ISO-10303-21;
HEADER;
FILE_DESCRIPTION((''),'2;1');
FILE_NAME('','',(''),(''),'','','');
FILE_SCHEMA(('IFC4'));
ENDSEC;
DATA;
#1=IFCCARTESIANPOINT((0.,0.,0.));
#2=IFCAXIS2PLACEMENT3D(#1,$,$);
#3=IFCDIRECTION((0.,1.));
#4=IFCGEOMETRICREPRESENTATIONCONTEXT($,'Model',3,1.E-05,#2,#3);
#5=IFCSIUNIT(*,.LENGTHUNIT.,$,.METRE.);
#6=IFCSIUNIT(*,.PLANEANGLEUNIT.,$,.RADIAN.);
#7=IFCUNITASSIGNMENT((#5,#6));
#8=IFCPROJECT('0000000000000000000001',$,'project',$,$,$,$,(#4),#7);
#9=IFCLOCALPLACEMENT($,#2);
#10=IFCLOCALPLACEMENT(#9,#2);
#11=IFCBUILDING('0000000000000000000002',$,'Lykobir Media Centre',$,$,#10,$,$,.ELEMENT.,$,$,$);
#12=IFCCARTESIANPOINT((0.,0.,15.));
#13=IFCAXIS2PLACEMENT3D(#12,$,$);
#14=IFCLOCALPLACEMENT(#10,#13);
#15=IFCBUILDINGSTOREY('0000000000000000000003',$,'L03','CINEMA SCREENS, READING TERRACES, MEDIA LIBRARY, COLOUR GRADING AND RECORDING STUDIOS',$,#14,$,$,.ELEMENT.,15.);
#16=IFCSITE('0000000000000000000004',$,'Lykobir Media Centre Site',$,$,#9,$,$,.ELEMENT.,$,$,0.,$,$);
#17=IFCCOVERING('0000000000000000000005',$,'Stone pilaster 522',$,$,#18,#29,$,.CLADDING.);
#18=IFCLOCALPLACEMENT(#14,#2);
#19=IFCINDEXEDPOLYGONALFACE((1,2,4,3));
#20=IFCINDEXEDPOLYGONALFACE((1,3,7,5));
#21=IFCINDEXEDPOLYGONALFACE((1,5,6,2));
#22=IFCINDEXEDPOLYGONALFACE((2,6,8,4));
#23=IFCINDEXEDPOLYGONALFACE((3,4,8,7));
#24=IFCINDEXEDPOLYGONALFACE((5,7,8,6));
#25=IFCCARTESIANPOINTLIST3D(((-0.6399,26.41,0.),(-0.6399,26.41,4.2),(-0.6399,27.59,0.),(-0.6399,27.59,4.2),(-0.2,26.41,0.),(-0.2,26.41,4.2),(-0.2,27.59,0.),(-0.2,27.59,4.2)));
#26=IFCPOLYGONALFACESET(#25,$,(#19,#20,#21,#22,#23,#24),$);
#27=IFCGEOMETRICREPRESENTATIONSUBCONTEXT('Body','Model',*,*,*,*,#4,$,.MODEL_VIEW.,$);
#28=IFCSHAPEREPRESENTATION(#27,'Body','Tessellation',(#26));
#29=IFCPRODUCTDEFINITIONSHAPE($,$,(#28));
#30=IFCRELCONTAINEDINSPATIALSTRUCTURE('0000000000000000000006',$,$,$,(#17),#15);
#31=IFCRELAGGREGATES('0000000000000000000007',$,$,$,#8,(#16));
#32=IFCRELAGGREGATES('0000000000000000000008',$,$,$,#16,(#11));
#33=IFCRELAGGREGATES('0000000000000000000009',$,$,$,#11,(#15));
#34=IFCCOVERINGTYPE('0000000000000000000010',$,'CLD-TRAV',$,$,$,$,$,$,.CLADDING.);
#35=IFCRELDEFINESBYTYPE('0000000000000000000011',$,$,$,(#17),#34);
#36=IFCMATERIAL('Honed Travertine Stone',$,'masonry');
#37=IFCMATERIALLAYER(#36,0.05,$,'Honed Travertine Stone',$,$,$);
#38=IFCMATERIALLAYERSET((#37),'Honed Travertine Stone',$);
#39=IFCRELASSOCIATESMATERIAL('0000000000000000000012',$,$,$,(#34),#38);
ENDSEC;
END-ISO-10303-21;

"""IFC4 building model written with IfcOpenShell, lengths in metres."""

from ifc_helpers import new_model, si_unit, direction, frame, origin, origin_2d, place, context, subcontext, project, spatial, rectangle, extrude, material, layer, layer_set, type_object, element, save


model = new_model("IFC4")

# Units and contexts
model_context = context("Model", 3, precision=1e-05, world=origin(), true_north=direction((0.0, 1.0)))
body_context = subcontext(model_context, "Body", "Model", "MODEL_VIEW")
ifc_project = project(units=[si_unit("LENGTHUNIT", "METRE"), si_unit("PLANEANGLEUNIT", "RADIAN")], contexts=[model_context])

# Site, building, storey
site_placement = place(None, origin())
site = spatial("IfcSite", under=ifc_project, at=site_placement, Name="Lykobir Media Centre Site", CompositionType="ELEMENT", RefElevation=0.0)
building_placement = place(site_placement, origin())
building = spatial("IfcBuilding", under=site, at=building_placement, Name="Lykobir Media Centre", CompositionType="ELEMENT")
storey_placement = place(building_placement, frame((0.0, 0.0, 15.0)))
storey = spatial("IfcBuildingStorey", under=building, at=storey_placement, Name="L03", Description="CINEMA SCREENS, READING TERRACES, MEDIA LIBRARY, COLOUR GRADING AND RECORDING STUDIOS", CompositionType="ELEMENT", Elevation=15.0)

# Shared definitions
ifc_material_1 = material(Name="Honed Travertine Stone", Category="masonry")

# Covering
ifc_layer_1 = layer(ifc_material_1, 0.05, Name="Honed Travertine Stone")
ifc_layer_set_1 = layer_set([ifc_layer_1], Name="Honed Travertine Stone")
covering_type = type_object("IfcCoveringType", Name="CLD-TRAV", PredefinedType="CLADDING", material=ifc_layer_set_1)
covering_placement = place(storey_placement, frame((-0.4199, 27.0, 0.0), z_axis=(0.0, 0.0, 1.0), x_axis=(0.0, -1.0, 0.0)))
element("IfcCovering", 1, at=covering_placement, inside=storey, type_object=covering_type, Name="Stone pilaster 522", PredefinedType="CLADDING", context=body_context, shape_type="SweptSolid", body=[
    extrude(rectangle(XDim=1.1799, YDim=0.4399, at=origin_2d()), origin(), (0.0, 0.0, 1.0), 4.2),
])

save(model, "model.ifc")
